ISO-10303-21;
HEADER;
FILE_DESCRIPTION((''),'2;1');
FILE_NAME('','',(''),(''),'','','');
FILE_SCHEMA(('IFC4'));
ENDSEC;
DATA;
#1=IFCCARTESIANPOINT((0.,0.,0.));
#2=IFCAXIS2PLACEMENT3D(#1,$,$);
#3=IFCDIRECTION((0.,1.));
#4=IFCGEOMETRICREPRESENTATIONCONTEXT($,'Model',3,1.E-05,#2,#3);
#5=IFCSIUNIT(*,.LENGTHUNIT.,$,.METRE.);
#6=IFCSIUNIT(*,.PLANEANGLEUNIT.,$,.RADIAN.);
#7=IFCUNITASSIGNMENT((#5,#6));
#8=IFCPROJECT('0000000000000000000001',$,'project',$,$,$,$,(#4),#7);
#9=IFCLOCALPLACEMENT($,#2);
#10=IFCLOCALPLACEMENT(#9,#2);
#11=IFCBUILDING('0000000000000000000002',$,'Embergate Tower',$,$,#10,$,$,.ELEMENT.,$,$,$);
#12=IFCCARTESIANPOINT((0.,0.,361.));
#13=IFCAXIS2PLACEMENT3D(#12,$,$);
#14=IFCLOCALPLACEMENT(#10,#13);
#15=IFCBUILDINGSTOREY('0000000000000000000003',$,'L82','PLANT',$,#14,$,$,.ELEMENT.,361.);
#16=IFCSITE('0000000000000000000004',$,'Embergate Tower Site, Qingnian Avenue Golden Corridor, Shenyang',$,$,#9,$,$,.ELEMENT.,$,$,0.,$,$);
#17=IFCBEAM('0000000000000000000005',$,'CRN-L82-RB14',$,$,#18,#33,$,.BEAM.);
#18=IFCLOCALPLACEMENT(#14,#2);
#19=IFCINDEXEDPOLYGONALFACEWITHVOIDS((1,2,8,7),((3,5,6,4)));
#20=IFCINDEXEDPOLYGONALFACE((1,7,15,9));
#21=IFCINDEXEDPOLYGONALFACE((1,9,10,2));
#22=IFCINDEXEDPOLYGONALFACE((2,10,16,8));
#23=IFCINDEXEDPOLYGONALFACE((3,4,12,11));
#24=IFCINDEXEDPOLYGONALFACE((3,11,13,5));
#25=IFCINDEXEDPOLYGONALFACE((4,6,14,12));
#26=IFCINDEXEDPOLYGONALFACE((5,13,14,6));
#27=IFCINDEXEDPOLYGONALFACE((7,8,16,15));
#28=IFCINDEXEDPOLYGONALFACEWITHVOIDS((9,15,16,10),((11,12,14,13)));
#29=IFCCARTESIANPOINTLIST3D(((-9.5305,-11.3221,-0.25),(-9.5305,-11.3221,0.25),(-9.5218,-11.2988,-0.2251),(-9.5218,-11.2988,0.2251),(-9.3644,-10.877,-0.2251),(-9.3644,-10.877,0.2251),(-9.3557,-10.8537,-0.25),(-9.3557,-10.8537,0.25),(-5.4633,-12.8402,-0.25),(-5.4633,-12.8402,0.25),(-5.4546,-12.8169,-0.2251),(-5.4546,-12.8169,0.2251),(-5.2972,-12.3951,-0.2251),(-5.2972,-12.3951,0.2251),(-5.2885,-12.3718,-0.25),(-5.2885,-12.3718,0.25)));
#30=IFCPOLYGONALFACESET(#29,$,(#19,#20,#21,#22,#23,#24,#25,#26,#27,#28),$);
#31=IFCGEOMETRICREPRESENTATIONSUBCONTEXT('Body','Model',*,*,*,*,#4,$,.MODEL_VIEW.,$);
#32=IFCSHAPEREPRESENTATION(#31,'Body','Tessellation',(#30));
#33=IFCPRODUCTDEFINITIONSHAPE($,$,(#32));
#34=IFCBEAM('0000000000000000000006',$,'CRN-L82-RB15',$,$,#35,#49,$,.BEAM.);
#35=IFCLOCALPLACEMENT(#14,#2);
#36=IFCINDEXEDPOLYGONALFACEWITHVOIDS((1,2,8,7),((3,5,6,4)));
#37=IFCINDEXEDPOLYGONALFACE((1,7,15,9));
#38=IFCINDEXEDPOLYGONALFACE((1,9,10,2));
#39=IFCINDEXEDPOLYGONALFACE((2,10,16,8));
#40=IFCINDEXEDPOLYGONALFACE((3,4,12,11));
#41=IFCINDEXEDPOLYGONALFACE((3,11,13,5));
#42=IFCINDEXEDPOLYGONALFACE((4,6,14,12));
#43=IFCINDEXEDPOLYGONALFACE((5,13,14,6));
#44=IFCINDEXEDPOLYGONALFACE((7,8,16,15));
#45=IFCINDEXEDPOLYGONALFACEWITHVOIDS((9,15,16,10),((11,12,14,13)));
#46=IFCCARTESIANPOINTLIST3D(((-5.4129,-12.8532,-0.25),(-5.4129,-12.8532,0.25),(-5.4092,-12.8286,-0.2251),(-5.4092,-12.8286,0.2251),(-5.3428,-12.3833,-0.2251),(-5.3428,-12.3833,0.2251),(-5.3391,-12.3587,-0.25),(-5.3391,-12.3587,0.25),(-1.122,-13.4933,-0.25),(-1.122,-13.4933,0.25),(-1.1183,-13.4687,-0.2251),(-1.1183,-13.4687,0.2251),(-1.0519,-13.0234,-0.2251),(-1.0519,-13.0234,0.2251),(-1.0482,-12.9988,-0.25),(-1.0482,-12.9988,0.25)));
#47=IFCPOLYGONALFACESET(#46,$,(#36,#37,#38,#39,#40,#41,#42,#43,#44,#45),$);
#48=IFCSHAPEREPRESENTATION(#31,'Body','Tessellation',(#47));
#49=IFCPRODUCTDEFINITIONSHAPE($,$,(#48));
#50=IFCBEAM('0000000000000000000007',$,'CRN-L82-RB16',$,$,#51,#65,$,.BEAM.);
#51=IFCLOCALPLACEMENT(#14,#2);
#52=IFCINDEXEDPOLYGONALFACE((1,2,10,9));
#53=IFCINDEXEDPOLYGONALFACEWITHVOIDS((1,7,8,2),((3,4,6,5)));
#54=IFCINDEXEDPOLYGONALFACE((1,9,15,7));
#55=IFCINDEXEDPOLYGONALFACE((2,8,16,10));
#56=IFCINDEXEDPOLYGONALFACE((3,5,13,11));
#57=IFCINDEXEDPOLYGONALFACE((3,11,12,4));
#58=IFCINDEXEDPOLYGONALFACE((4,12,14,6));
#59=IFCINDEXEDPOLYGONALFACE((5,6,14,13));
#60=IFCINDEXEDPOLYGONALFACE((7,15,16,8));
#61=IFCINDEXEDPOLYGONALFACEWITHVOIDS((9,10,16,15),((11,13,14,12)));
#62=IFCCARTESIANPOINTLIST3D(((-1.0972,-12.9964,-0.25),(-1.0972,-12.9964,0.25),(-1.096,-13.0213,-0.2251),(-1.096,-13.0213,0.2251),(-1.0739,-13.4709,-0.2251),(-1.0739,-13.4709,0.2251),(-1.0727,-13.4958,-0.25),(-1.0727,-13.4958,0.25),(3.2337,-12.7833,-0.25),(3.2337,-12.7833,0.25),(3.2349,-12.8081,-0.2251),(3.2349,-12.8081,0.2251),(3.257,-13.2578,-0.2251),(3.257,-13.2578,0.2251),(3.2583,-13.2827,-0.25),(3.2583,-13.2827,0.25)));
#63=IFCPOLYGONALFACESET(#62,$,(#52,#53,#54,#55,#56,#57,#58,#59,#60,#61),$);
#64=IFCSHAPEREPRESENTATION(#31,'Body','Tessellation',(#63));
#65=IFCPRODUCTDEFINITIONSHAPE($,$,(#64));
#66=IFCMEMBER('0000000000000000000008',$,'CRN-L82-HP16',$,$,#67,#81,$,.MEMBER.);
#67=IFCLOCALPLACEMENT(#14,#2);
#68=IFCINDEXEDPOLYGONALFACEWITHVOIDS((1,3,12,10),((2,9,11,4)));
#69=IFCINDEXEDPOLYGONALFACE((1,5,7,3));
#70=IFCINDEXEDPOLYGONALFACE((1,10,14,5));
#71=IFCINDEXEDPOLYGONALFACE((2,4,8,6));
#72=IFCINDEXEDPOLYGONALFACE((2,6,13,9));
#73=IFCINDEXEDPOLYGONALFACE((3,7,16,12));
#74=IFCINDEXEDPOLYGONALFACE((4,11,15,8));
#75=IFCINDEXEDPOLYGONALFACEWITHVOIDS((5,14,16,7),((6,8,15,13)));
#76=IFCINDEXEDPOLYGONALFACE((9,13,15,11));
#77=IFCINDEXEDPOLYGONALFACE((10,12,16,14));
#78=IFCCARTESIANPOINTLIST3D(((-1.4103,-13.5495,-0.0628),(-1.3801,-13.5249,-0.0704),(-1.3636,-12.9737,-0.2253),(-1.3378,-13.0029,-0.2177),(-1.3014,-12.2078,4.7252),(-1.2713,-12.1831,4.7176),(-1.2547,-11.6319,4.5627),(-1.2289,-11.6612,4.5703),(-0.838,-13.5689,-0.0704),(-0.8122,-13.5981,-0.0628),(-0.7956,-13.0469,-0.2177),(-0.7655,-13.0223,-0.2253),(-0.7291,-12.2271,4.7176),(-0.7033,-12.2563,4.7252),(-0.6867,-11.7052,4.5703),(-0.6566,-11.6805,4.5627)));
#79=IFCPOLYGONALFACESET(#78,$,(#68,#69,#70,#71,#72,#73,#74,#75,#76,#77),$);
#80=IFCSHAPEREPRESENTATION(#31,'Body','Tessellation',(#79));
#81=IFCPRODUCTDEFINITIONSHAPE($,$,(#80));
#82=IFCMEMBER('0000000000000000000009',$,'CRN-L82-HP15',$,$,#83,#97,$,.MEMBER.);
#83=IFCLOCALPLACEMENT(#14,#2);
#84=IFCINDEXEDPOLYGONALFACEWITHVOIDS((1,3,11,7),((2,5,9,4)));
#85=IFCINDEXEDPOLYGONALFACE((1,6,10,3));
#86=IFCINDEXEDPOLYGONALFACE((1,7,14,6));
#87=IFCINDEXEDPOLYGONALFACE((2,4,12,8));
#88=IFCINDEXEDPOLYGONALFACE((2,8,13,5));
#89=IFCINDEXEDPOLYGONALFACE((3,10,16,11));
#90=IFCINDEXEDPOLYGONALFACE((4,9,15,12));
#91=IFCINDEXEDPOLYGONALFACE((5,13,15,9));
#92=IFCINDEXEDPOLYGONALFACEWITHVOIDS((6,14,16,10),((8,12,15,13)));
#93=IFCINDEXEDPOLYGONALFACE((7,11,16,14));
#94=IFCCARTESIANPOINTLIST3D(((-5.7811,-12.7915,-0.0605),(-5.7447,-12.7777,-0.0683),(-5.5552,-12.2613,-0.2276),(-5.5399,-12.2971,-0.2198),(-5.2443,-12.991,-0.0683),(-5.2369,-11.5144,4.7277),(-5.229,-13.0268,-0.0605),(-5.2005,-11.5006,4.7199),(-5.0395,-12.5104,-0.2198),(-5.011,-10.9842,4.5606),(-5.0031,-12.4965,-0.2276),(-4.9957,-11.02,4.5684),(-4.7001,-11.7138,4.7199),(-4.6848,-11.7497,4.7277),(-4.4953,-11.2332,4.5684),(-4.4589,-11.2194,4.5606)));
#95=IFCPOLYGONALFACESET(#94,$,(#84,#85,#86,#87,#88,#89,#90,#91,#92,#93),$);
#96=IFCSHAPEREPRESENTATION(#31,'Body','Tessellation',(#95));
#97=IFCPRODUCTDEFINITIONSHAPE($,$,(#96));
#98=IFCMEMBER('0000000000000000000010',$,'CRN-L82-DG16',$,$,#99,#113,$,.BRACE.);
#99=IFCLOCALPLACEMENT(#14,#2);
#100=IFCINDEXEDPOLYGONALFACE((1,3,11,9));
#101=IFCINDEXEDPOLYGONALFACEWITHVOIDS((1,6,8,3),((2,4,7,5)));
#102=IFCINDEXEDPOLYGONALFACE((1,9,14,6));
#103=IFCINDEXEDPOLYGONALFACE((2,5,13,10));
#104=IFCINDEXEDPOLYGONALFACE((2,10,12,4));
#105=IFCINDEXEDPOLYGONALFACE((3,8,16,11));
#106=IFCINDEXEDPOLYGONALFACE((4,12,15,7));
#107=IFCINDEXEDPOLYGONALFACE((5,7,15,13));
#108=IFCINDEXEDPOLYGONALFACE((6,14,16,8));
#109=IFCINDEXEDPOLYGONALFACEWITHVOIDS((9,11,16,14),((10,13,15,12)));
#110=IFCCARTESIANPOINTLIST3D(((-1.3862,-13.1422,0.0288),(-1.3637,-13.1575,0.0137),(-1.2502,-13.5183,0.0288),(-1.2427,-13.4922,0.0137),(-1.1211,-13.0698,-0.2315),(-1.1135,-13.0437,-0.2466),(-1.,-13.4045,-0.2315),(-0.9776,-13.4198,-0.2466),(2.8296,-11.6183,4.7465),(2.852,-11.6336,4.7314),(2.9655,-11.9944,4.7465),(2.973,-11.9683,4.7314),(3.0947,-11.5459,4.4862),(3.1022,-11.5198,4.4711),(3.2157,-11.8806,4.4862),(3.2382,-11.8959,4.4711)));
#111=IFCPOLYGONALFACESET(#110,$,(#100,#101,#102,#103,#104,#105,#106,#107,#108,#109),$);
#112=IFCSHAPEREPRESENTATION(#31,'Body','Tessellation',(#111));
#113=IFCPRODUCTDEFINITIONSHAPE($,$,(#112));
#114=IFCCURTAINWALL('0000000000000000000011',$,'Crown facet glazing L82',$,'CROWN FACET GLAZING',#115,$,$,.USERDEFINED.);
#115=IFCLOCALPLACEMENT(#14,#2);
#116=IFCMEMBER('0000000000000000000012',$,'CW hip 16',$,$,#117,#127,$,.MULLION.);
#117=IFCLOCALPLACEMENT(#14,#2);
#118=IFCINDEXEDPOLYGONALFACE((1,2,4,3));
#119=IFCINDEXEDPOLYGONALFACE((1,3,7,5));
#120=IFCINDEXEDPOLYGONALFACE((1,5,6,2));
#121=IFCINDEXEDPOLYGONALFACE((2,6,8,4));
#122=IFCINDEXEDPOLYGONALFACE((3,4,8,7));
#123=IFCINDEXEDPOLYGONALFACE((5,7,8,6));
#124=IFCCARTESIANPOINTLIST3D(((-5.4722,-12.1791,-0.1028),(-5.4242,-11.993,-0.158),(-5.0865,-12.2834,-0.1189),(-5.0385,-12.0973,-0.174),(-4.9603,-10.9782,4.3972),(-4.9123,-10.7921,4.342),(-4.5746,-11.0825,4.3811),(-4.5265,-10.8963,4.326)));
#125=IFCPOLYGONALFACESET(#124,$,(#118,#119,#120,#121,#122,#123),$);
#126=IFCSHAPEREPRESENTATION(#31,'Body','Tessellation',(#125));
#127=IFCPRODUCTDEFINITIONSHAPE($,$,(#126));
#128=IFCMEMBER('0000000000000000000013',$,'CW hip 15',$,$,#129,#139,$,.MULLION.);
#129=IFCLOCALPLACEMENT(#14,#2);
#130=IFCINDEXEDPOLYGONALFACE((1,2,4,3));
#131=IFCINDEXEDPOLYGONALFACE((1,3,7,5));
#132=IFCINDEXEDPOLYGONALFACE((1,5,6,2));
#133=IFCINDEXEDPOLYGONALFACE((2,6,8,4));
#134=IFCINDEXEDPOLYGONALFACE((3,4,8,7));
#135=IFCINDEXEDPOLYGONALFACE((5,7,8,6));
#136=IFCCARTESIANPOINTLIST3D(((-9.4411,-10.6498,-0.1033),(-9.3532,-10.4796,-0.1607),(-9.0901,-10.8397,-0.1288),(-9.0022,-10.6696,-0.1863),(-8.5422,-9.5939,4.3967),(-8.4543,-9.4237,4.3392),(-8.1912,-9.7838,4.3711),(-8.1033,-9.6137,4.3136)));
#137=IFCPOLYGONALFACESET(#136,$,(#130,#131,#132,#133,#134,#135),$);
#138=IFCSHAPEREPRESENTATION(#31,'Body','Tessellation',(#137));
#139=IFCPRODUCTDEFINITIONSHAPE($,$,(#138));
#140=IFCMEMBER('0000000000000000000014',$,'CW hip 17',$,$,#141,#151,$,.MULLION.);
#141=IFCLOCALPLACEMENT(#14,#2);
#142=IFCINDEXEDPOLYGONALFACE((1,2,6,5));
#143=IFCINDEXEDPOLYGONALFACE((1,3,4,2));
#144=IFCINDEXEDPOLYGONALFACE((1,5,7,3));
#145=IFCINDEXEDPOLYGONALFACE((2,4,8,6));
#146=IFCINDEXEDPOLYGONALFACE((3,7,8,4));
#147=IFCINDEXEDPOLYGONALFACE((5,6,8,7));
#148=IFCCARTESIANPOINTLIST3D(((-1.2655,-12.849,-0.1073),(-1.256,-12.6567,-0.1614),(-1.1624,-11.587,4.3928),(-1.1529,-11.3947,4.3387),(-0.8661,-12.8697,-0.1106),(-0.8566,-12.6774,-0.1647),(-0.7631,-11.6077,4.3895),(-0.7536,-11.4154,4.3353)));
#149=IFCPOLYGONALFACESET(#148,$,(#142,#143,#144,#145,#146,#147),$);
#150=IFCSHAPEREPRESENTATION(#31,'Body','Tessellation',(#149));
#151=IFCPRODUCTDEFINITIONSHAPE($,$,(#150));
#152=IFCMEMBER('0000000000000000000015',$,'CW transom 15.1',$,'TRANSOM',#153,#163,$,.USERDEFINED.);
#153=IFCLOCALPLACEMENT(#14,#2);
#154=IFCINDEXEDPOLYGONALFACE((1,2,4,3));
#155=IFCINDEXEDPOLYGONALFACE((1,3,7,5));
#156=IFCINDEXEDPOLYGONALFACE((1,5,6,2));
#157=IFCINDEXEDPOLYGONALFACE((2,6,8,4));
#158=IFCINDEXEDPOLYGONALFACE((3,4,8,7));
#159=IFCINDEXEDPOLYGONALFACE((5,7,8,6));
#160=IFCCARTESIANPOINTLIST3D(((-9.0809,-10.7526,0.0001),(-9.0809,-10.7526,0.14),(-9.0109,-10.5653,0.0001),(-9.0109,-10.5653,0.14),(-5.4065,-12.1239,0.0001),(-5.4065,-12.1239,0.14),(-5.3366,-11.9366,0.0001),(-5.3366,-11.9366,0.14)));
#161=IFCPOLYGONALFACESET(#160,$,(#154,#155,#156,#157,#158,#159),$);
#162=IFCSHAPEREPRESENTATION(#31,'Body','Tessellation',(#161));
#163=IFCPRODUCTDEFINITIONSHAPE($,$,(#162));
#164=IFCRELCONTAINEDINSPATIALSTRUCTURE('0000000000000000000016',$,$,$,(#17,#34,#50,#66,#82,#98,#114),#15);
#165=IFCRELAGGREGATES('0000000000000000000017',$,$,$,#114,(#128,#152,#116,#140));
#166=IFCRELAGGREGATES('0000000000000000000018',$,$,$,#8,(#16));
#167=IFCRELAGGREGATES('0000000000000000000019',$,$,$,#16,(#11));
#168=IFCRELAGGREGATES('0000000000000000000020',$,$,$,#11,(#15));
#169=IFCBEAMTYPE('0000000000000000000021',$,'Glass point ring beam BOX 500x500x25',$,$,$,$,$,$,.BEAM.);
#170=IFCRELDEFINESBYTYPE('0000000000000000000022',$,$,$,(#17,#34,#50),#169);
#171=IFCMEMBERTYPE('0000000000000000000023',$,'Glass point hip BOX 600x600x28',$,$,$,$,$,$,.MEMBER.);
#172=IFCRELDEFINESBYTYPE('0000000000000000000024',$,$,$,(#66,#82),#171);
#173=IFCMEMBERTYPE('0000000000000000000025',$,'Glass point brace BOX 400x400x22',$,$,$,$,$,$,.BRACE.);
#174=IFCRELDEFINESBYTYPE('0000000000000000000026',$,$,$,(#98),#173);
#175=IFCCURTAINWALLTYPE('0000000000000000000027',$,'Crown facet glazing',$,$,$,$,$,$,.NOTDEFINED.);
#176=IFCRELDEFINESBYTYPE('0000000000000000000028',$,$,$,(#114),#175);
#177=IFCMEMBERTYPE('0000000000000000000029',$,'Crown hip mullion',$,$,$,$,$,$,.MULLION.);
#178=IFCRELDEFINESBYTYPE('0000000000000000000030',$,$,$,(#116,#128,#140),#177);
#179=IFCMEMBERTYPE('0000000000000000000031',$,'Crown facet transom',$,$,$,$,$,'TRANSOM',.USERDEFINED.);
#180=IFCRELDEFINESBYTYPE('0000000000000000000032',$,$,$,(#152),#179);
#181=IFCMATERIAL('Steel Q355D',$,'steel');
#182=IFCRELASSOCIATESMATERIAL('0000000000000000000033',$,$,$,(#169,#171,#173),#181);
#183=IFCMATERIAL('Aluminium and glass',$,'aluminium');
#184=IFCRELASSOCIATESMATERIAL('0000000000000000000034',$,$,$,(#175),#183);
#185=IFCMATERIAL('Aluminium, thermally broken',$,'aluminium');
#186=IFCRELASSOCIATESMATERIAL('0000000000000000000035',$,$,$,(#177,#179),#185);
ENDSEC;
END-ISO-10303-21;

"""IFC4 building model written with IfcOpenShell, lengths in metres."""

from ifc_helpers import new_model, si_unit, direction, frame, origin, origin_2d, place, context, subcontext, project, spatial, rectangle, hollow_rectangle, extrude, source, transform, mapped, material, material_profile, profile_set, type_object, element, aggregate, save


model = new_model("IFC4")

# Units and contexts
model_context = context("Model", 3, precision=1e-05, world=origin(), true_north=direction((0.0, 1.0)))
body_context = subcontext(model_context, "Body", "Model", "MODEL_VIEW")
ifc_project = project(units=[si_unit("LENGTHUNIT", "METRE"), si_unit("PLANEANGLEUNIT", "RADIAN")], contexts=[model_context])

# Site, building, storey
site_placement = place(None, origin())
site = spatial("IfcSite", under=ifc_project, at=site_placement, Name="Embergate Tower Site, Qingnian Avenue Golden Corridor, Shenyang", CompositionType="ELEMENT", RefElevation=0.0)
building_placement = place(site_placement, origin())
building = spatial("IfcBuilding", under=site, at=building_placement, Name="Embergate Tower", CompositionType="ELEMENT")
storey_placement = place(building_placement, frame((0.0, 0.0, 361.0)))
storey = spatial("IfcBuildingStorey", under=building, at=storey_placement, Name="L82", Description="PLANT", CompositionType="ELEMENT", Elevation=361.0)

# Beams
ifc_material_1 = material(Name="Steel Q355D", Category="steel")
ifc_material_profile_1 = material_profile(ifc_material_1, hollow_rectangle(XDim=0.5, YDim=0.5, WallThickness=0.0249, at=origin_2d()), Name="BOX 500x500x25")
ifc_profile_set_1 = profile_set([ifc_material_profile_1], Name="Steel Q355 grade D")
beam_type = type_object("IfcBeamType", Name="Glass point ring beam BOX 500x500x25", PredefinedType="BEAM", material=ifc_profile_set_1)
shared_shape_1 = source(origin(), body_context, "Body", "SweptSolid", [
    extrude(hollow_rectangle(XDim=0.5, YDim=0.5, WallThickness=0.0249, at=origin_2d()), origin(), (0.0, 0.0, 1.0), 4.3413),
])
beam_1_placement = place(storey_placement, frame((-9.4431, -11.0879, 0.0), z_axis=(0.936867, -0.349687, 0.0), x_axis=(0.349687, 0.936867, 0.0)))
element("IfcBeam", 1, at=beam_1_placement, inside=storey, type_object=beam_type, Name="CRN-L82-RB14", PredefinedType="BEAM", context=body_context, shape_type="MappedRepresentation", body=[
    mapped(shared_shape_1, transform((0.0, 0.0, 0.0))),
])
shared_shape_2 = source(origin(), body_context, "Body", "SweptSolid", [
    extrude(hollow_rectangle(XDim=0.5, YDim=0.5, WallThickness=0.0249, at=origin_2d()), origin(), (0.0, 0.0, 1.0), 4.3384),
])
beam_2_placement = place(storey_placement, frame((-5.376, -12.606, 0.0), z_axis=(0.989055, -0.147548, 0.0), x_axis=(0.147548, 0.989055, 0.0)))
element("IfcBeam", 2, at=beam_2_placement, inside=storey, type_object=beam_type, Name="CRN-L82-RB15", PredefinedType="BEAM", context=body_context, shape_type="MappedRepresentation", body=[
    mapped(shared_shape_2, transform((0.0, 0.0, 0.0))),
])
shared_shape_3 = source(origin(), body_context, "Body", "SweptSolid", [
    extrude(hollow_rectangle(XDim=0.5, YDim=0.5, WallThickness=0.0249, at=origin_2d()), origin(), (0.0, 0.0, 1.0), 4.3362),
])
beam_3_placement = place(storey_placement, frame((-1.085, -13.2461, 0.0), z_axis=(0.998791, 0.049151, 0.0), x_axis=(-0.049151, 0.998791, 0.0)))
element("IfcBeam", 3, at=beam_3_placement, inside=storey, type_object=beam_type, Name="CRN-L82-RB16", PredefinedType="BEAM", context=body_context, shape_type="MappedRepresentation", body=[
    mapped(shared_shape_3, transform((0.0, 0.0, 0.0))),
])

# Members
ifc_material_profile_2 = material_profile(ifc_material_1, hollow_rectangle(XDim=0.6001, YDim=0.6001, WallThickness=0.0281, at=origin_2d()), Name="BOX 600x600x28")
ifc_profile_set_2 = profile_set([ifc_material_profile_2], Name="Steel Q355 grade D")
member_type_1 = type_object("IfcMemberType", Name="Glass point hip BOX 600x600x28", PredefinedType="MEMBER", material=ifc_profile_set_2)
shared_shape_4 = source(origin(), body_context, "Body", "SweptSolid", [
    extrude(hollow_rectangle(XDim=0.6001, YDim=0.6001, WallThickness=0.0281, at=origin_2d()), origin(), (0.0, 0.0, 1.0), 4.9736),
])
member_1_placement = place(storey_placement, frame((-1.0879, -13.2859, -0.144), z_axis=(0.021892, 0.269776, 0.962674), x_axis=(-0.996724, 0.080884, 0.0)))
element("IfcMember", 4, at=member_1_placement, inside=storey, type_object=member_type_1, Name="CRN-L82-HP16", PredefinedType="MEMBER", context=body_context, shape_type="MappedRepresentation", body=[
    mapped(shared_shape_4, transform((0.0, 0.0, 0.0))),
])
shared_shape_5 = source(origin(), body_context, "Body", "SweptSolid", [
    extrude(hollow_rectangle(XDim=0.6001, YDim=0.6001, WallThickness=0.0281, at=origin_2d()), origin(), (0.0, 0.0, 1.0), 4.9854),
])
member_2_placement = place(storey_placement, frame((-5.3921, -12.644, -0.144), z_axis=(0.10916, 0.256175, 0.960447), x_axis=(-0.919962, 0.392008, 0.0)))
element("IfcMember", 5, at=member_2_placement, inside=storey, type_object=member_type_1, Name="CRN-L82-HP15", PredefinedType="MEMBER", context=body_context, shape_type="MappedRepresentation", body=[
    mapped(shared_shape_5, transform((0.0, 0.0, 0.0))),
])
ifc_material_profile_3 = material_profile(ifc_material_1, hollow_rectangle(XDim=0.3999, YDim=0.3999, WallThickness=0.022, at=origin_2d()), Name="BOX 400x400x22")
ifc_profile_set_3 = profile_set([ifc_material_profile_3], Name="Steel Q355 grade D")
member_type_2 = type_object("IfcMemberType", Name="Glass point brace BOX 400x400x22", PredefinedType="BRACE", material=ifc_profile_set_3)
shared_shape_6 = source(origin(), body_context, "Body", "SweptSolid", [
    extrude(hollow_rectangle(XDim=0.3999, YDim=0.3999, WallThickness=0.022, at=origin_2d()), origin(), (0.0, 0.0, 1.0), 6.5078),
])
member_3_placement = place(storey_placement, frame((-1.1819, -13.281, -0.1089), z_axis=(0.6478, 0.234165, 0.724929), x_axis=(-0.33995, 0.940444, 0.0)))
element("IfcMember", 6, at=member_3_placement, inside=storey, type_object=member_type_2, Name="CRN-L82-DG16", PredefinedType="BRACE", context=body_context, shape_type="MappedRepresentation", body=[
    mapped(shared_shape_6, transform((0.0, 0.0, 0.0))),
])

# Curtain wall, members
ifc_material_2 = material(Name="Aluminium and glass", Category="aluminium")
curtain_wall_type = type_object("IfcCurtainWallType", Name="Crown facet glazing", PredefinedType="NOTDEFINED", material=ifc_material_2)
curtain_wall_placement = place(storey_placement, origin())
curtain_wall = element("IfcCurtainWall", 7, at=curtain_wall_placement, inside=storey, type_object=curtain_wall_type, Name="Crown facet glazing L82", ObjectType="CROWN FACET GLAZING", PredefinedType="USERDEFINED")
ifc_material_3 = material(Name="Aluminium, thermally broken", Category="aluminium")
ifc_material_profile_4 = material_profile(ifc_material_3, rectangle(XDim=0.2, YDim=0.3999, at=origin_2d()), Name="AL 400x200")
ifc_profile_set_4 = profile_set([ifc_material_profile_4], Name="Aluminium, thermally broken")
member_type_3 = type_object("IfcMemberType", Name="Crown hip mullion", PredefinedType="MULLION", material=ifc_profile_set_4)
shared_shape_7 = source(origin(), body_context, "Body", "SweptSolid", [
    extrude(rectangle(XDim=0.2, YDim=0.3999, at=origin_2d()), origin(), (0.0, 0.0, 1.0), 4.6855),
])
member_4_placement = place(storey_placement, frame((-5.2554, -12.1382, -0.1384), z_axis=(0.109264, 0.256305, 0.960401), x_axis=(-0.240157, -0.930755, 0.275716)))
member_4 = element("IfcMember", 8, at=member_4_placement, type_object=member_type_3, Name="CW hip 16", PredefinedType="MULLION", context=body_context, shape_type="MappedRepresentation", body=[
    mapped(shared_shape_7, transform((0.0, 0.0, 0.0))),
])
shared_shape_8 = source(origin(), body_context, "Body", "SweptSolid", [
    extrude(rectangle(XDim=0.2, YDim=0.3999, at=origin_2d()), origin(), (0.0, 0.0, 1.0), 4.7087),
])
member_5_placement = place(storey_placement, frame((-9.2217, -10.6597, -0.1448), z_axis=(0.190902, 0.22424, 0.955653), x_axis=(-0.439655, -0.850913, 0.28749)))
member_5 = element("IfcMember", 9, at=member_5_placement, type_object=member_type_3, Name="CW hip 15", PredefinedType="MULLION", context=body_context, shape_type="MappedRepresentation", body=[
    mapped(shared_shape_8, transform((0.0, 0.0, 0.0))),
])
shared_shape_9 = source(origin(), body_context, "Body", "SweptSolid", [
    extrude(rectangle(XDim=0.2, YDim=0.3999, at=origin_2d()), origin(), (0.0, 0.0, 1.0), 4.6748),
])
member_6_placement = place(storey_placement, frame((-1.061, -12.7632, -0.136), z_axis=(0.022039, 0.269954, 0.962621), x_axis=(-0.047593, -0.96148, 0.270723)))
member_6 = element("IfcMember", 10, at=member_6_placement, type_object=member_type_3, Name="CW hip 17", PredefinedType="MULLION", context=body_context, shape_type="MappedRepresentation", body=[
    mapped(shared_shape_9, transform((0.0, 0.0, 0.0))),
])
ifc_material_profile_5 = material_profile(ifc_material_3, rectangle(XDim=0.2, YDim=0.1399, at=origin_2d()), Name="AL 140x200")
ifc_profile_set_5 = profile_set([ifc_material_profile_5], Name="Aluminium, thermally broken")
member_type_4 = type_object("IfcMemberType", Name="Crown facet transom", ElementType="TRANSOM", PredefinedType="USERDEFINED", material=ifc_profile_set_5)
shared_shape_10 = source(origin(), body_context, "Body", "SweptSolid", [
    extrude(rectangle(XDim=0.2, YDim=0.1399, at=origin_2d()), origin(), (0.0, 0.0, 1.0), 3.9219),
])
member_7_placement = place(storey_placement, frame((-9.0459, -10.6589, 0.0701), z_axis=(0.936876, -0.349663, 0.0), x_axis=(0.349663, 0.936876, 0.0)))
member_7 = element("IfcMember", 11, at=member_7_placement, type_object=member_type_4, Name="CW transom 15.1", ObjectType="TRANSOM", PredefinedType="USERDEFINED", context=body_context, shape_type="MappedRepresentation", body=[
    mapped(shared_shape_10, transform((0.0, 0.0, 0.0))),
])
aggregate(curtain_wall, [member_5, member_7, member_4, member_6])

save(model, "model.ifc")
